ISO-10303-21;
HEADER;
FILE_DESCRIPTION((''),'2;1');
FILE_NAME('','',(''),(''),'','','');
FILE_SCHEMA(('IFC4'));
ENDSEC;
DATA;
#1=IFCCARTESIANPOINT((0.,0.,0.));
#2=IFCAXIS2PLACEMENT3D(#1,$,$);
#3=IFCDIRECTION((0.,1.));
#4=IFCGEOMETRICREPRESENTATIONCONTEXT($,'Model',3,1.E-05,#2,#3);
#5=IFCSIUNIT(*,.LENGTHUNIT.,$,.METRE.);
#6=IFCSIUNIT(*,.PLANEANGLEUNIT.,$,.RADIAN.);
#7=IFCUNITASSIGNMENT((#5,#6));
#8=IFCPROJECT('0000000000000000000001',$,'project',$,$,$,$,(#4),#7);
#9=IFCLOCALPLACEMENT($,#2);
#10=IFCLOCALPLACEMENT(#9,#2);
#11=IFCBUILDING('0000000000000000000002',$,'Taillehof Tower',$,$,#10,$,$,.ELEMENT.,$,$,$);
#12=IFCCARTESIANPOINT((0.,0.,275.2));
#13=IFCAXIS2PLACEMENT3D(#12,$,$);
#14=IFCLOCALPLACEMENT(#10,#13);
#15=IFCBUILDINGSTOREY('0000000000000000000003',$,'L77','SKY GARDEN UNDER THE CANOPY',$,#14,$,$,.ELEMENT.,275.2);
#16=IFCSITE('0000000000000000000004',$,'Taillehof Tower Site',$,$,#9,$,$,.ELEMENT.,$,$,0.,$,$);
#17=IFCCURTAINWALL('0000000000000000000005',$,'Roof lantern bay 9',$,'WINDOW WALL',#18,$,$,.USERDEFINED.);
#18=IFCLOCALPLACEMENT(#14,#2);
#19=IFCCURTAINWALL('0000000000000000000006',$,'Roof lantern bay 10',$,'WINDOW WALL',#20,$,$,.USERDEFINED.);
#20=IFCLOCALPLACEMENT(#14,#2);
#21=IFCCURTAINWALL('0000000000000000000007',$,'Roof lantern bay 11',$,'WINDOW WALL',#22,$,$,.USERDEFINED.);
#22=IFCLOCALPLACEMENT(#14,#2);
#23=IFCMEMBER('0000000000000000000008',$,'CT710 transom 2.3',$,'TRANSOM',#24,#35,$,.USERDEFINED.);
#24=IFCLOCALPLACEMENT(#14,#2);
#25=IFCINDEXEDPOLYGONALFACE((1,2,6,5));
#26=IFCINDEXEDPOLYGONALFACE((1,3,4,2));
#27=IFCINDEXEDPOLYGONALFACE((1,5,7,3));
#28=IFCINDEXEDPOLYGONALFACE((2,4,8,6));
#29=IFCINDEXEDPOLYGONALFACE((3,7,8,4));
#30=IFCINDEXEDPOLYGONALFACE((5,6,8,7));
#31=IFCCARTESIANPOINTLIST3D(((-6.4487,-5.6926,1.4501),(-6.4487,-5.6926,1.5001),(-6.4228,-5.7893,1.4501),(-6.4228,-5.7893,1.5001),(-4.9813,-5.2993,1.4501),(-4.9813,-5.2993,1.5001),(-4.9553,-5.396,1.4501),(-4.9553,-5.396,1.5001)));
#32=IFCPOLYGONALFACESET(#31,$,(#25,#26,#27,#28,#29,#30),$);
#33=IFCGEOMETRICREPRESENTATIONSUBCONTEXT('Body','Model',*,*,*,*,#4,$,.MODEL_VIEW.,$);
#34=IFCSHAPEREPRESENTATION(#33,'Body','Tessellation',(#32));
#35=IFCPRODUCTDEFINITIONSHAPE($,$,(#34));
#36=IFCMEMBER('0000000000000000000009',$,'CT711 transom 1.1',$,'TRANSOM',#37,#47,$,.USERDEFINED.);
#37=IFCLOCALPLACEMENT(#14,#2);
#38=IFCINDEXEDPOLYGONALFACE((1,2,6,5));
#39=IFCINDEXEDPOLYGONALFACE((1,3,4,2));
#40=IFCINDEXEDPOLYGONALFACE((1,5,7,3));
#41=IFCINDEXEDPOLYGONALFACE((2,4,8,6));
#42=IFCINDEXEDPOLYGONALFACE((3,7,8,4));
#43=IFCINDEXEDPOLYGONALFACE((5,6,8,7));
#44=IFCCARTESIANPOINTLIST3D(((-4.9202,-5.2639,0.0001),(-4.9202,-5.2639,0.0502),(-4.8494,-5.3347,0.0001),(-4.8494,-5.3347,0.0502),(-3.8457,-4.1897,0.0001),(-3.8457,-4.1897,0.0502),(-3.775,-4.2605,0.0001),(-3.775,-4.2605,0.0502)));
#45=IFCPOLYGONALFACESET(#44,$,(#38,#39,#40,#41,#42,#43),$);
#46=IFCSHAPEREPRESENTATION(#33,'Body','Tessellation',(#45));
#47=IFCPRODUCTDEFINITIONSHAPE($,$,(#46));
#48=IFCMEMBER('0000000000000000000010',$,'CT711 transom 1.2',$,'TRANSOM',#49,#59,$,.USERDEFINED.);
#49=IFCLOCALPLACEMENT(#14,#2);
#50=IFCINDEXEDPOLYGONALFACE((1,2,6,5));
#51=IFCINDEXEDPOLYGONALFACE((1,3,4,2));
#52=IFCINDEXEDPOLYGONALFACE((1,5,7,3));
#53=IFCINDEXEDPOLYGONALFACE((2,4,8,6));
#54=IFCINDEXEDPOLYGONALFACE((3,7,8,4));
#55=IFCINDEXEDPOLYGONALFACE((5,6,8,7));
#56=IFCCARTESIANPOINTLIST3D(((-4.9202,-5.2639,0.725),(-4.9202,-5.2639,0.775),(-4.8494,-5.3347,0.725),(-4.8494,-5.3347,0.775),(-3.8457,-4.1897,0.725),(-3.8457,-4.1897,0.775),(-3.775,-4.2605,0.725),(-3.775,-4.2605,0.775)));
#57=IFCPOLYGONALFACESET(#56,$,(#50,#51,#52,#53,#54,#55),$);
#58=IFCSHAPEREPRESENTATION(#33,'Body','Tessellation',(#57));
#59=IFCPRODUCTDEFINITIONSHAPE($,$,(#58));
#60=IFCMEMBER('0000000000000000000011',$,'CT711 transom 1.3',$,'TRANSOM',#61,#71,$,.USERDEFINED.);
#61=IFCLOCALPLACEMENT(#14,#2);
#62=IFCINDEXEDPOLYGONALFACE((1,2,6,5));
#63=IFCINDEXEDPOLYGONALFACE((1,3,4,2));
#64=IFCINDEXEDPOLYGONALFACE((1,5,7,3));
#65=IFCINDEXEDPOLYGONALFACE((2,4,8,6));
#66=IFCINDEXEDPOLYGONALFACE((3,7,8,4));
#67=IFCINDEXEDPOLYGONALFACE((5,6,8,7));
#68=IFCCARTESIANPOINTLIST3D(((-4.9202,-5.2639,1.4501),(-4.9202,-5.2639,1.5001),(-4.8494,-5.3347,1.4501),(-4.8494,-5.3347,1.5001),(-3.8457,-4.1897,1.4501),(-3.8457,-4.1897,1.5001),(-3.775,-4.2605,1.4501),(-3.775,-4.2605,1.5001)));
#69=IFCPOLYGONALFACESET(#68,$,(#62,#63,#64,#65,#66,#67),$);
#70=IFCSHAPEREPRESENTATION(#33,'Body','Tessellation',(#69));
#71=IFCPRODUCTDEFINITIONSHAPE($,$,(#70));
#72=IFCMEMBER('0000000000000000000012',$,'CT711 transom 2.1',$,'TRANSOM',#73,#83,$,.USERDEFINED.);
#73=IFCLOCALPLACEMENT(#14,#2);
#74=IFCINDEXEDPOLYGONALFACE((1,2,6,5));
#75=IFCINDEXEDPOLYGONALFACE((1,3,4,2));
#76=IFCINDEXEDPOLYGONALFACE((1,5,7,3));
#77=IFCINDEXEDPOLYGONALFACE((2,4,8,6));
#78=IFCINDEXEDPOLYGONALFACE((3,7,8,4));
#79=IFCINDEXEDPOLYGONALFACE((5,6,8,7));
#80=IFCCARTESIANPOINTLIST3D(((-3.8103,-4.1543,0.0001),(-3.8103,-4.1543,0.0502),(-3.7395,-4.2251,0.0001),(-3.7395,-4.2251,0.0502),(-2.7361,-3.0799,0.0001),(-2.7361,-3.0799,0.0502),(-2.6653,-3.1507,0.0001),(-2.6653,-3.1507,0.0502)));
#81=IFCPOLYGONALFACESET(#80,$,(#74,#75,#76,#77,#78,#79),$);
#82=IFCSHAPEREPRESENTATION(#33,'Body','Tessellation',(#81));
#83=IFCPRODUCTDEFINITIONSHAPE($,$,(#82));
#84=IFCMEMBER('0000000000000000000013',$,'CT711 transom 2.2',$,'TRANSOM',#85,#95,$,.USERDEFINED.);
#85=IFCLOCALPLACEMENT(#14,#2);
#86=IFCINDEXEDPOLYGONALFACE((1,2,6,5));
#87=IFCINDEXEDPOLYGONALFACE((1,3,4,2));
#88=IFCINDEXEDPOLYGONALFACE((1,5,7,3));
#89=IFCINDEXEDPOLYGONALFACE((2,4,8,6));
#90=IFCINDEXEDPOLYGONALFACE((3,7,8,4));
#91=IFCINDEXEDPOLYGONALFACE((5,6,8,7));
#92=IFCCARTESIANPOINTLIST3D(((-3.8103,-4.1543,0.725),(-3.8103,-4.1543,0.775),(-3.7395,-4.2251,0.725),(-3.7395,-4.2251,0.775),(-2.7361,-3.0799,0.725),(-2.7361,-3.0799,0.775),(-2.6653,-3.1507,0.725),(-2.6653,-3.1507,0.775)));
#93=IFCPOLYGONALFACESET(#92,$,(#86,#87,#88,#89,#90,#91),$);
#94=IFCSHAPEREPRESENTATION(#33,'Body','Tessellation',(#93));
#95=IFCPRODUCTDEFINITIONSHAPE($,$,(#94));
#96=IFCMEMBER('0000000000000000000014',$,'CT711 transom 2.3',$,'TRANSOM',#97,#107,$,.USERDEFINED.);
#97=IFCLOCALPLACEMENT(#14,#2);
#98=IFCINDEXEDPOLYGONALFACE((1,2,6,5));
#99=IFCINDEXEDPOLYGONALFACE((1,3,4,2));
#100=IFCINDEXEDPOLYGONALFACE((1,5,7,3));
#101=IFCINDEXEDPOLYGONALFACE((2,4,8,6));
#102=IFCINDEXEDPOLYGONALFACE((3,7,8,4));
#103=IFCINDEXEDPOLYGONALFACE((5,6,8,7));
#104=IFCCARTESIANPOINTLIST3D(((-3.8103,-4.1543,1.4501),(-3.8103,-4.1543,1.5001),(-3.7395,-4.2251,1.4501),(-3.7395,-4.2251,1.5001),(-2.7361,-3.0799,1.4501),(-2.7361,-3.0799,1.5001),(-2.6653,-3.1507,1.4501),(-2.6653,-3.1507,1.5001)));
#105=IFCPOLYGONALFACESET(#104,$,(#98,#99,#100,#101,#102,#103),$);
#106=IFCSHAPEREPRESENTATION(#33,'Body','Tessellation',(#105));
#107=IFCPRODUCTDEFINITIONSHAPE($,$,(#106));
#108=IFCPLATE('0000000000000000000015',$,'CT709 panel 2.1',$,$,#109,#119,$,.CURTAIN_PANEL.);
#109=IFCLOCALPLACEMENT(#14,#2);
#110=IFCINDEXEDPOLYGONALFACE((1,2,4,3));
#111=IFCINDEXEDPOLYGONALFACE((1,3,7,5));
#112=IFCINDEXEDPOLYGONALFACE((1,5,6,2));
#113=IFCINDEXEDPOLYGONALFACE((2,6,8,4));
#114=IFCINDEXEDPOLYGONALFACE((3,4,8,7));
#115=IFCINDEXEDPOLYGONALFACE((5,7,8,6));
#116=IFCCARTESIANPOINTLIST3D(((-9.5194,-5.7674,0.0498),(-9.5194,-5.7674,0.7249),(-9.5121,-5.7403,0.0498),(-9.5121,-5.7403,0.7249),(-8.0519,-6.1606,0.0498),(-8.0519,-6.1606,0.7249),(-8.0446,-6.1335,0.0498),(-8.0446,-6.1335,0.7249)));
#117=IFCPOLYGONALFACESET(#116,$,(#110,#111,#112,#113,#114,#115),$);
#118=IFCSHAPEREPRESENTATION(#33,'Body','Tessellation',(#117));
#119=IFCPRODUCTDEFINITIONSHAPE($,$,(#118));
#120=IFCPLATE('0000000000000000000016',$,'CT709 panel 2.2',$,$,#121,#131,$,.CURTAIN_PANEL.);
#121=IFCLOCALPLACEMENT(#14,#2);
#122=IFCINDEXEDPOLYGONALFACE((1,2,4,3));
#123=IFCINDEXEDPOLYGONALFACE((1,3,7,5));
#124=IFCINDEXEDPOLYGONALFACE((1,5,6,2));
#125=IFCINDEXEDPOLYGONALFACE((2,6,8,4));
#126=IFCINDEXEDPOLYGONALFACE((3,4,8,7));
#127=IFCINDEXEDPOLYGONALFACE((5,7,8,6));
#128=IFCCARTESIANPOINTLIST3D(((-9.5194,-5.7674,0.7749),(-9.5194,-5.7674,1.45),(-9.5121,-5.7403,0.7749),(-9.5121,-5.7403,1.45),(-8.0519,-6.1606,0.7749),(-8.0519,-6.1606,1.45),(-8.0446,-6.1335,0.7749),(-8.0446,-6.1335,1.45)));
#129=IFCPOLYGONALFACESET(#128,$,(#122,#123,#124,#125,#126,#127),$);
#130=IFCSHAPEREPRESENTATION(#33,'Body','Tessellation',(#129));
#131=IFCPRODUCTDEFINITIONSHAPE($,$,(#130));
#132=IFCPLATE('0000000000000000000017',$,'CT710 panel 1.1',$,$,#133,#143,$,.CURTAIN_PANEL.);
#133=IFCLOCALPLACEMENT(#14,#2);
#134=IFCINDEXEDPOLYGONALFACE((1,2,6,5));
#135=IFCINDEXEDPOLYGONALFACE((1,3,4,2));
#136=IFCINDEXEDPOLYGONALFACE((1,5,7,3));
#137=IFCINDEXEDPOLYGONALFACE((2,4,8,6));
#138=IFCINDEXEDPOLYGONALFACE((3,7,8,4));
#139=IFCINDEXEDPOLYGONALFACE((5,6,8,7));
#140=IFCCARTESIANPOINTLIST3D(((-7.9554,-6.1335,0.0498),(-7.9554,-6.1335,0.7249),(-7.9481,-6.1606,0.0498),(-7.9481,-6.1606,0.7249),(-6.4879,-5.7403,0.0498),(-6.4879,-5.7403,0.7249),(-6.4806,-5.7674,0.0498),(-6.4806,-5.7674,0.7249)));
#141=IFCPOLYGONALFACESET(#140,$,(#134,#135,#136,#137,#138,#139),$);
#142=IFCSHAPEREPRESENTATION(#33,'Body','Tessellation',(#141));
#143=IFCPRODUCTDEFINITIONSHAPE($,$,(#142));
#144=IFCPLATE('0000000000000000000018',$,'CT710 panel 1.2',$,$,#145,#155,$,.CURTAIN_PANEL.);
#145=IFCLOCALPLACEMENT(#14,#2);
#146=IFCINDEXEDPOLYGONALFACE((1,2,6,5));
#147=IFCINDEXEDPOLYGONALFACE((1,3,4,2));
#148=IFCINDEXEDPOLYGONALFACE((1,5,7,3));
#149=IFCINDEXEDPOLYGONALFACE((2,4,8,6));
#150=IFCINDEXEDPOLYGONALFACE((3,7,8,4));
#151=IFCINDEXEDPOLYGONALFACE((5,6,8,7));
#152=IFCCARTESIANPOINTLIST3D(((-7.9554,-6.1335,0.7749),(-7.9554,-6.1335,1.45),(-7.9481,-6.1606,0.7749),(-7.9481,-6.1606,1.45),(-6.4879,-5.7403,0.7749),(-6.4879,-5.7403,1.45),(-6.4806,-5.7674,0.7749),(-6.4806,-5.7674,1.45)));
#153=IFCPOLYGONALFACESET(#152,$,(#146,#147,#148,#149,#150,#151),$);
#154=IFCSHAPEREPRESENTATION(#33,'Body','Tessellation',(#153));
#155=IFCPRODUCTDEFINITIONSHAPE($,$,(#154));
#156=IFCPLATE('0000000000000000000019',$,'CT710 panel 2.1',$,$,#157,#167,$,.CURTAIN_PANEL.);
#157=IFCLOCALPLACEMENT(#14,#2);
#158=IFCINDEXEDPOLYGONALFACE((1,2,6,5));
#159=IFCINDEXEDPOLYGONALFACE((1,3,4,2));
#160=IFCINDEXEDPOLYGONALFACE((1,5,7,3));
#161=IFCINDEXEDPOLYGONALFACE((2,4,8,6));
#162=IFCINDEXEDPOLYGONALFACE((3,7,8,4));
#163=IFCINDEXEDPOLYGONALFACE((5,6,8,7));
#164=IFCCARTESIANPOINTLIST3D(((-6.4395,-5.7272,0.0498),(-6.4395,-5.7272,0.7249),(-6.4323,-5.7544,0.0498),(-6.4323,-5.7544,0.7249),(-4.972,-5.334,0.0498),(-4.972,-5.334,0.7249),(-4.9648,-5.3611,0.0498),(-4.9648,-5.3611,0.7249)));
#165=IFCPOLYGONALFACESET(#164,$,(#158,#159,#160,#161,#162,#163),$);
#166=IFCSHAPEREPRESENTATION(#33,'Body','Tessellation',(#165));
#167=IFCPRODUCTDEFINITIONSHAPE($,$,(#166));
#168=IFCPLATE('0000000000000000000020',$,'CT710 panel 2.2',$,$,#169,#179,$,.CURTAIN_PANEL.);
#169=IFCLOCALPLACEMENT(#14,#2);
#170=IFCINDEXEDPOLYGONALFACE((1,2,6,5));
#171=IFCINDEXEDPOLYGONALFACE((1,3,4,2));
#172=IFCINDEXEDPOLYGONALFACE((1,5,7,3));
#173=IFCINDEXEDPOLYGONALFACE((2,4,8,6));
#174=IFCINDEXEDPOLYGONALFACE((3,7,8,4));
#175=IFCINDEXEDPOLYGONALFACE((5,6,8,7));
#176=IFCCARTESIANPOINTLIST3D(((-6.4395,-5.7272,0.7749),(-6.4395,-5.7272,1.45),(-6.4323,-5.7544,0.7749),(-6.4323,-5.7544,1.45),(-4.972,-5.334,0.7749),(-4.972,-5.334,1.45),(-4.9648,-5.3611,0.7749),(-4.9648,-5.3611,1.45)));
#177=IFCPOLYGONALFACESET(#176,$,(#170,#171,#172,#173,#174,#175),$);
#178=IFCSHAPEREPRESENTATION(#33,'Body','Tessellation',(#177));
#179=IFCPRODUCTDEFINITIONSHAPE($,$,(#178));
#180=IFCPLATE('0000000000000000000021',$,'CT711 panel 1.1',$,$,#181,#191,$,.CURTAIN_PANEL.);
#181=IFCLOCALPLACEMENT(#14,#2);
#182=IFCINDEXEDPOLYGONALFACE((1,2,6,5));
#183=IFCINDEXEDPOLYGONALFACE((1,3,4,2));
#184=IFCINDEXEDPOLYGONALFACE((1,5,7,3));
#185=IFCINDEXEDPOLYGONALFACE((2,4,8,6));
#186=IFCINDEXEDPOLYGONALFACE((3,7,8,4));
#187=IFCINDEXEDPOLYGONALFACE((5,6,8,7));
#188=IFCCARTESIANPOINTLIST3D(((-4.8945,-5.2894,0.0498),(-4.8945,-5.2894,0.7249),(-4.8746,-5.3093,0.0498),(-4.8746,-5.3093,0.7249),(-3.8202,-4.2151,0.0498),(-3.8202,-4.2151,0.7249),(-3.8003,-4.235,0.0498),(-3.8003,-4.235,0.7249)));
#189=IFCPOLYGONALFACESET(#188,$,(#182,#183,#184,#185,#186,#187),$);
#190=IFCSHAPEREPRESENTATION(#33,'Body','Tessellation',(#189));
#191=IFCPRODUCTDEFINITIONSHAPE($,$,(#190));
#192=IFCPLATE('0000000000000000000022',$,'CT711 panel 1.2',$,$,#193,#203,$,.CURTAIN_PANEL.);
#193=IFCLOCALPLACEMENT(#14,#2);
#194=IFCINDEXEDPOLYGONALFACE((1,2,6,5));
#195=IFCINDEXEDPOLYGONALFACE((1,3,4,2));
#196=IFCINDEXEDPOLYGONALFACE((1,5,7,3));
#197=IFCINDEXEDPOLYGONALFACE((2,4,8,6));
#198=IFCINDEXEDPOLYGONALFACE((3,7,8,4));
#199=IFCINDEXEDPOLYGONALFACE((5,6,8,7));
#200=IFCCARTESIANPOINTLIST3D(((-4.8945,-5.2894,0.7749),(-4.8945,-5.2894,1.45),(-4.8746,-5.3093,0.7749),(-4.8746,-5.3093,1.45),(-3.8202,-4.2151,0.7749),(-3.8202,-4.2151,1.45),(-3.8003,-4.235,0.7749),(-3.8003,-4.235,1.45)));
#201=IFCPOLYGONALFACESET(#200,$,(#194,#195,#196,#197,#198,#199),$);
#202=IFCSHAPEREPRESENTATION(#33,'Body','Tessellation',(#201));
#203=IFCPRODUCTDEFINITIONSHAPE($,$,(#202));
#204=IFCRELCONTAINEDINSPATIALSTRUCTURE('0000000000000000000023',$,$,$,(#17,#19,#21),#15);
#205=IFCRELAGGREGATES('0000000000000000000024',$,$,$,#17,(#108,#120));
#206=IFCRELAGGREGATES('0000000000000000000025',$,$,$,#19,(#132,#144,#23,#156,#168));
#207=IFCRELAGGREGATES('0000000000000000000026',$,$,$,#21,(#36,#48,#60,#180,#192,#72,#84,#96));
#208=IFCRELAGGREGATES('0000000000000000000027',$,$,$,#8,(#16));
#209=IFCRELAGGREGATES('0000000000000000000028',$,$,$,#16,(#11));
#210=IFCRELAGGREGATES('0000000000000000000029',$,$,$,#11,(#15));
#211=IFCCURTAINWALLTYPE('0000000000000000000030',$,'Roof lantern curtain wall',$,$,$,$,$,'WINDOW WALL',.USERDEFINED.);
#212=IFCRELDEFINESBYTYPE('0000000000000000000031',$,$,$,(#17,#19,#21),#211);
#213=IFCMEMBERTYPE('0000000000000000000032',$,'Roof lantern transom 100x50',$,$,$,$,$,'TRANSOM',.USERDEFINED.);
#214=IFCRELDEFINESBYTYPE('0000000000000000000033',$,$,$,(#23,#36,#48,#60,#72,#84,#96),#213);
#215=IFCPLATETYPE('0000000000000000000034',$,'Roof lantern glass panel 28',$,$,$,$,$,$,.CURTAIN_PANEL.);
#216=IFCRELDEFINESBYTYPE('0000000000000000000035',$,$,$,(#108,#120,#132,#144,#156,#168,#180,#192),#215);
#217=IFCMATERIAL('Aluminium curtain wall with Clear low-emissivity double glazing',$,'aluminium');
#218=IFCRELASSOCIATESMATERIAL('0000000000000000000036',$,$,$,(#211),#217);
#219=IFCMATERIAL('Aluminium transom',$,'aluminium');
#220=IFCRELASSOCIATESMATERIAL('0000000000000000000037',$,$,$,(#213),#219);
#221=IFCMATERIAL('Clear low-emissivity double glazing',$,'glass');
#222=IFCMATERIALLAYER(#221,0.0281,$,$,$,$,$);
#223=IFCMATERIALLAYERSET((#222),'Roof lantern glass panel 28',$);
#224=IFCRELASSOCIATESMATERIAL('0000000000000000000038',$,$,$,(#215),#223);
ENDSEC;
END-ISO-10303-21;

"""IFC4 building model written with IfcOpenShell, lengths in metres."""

from ifc_helpers import new_model, si_unit, direction, frame, origin, origin_2d, place, context, subcontext, project, spatial, rectangle, extrude, material, layer, layer_set, material_profile, profile_set, type_object, element, aggregate, save


model = new_model("IFC4")

# Units and contexts
model_context = context("Model", 3, precision=1e-05, world=origin(), true_north=direction((0.0, 1.0)))
body_context = subcontext(model_context, "Body", "Model", "MODEL_VIEW")
ifc_project = project(units=[si_unit("LENGTHUNIT", "METRE"), si_unit("PLANEANGLEUNIT", "RADIAN")], contexts=[model_context])

# Site, building, storey
site_placement = place(None, origin())
site = spatial("IfcSite", under=ifc_project, at=site_placement, Name="Taillehof Tower Site", CompositionType="ELEMENT", RefElevation=0.0)
building_placement = place(site_placement, origin())
building = spatial("IfcBuilding", under=site, at=building_placement, Name="Taillehof Tower", CompositionType="ELEMENT")
storey_placement = place(building_placement, frame((0.0, 0.0, 275.2)))
storey = spatial("IfcBuildingStorey", under=building, at=storey_placement, Name="L77", Description="SKY GARDEN UNDER THE CANOPY", CompositionType="ELEMENT", Elevation=275.2)

# Curtain wall
ifc_material_1 = material(Name="Aluminium curtain wall with Clear low-emissivity double glazing", Category="aluminium")
curtain_wall_type = type_object("IfcCurtainWallType", Name="Roof lantern curtain wall", ElementType="WINDOW WALL", PredefinedType="USERDEFINED", material=ifc_material_1)
curtain_wall_1_placement = place(storey_placement, origin())
curtain_wall_1 = element("IfcCurtainWall", 1, at=curtain_wall_1_placement, inside=storey, type_object=curtain_wall_type, Name="Roof lantern bay 9", ObjectType="WINDOW WALL", PredefinedType="USERDEFINED")

# Curtain walls
curtain_wall_2_placement = place(storey_placement, origin())
curtain_wall_2 = element("IfcCurtainWall", 2, at=curtain_wall_2_placement, inside=storey, type_object=curtain_wall_type, Name="Roof lantern bay 10", ObjectType="WINDOW WALL", PredefinedType="USERDEFINED")
curtain_wall_3_placement = place(storey_placement, origin())
curtain_wall_3 = element("IfcCurtainWall", 3, at=curtain_wall_3_placement, inside=storey, type_object=curtain_wall_type, Name="Roof lantern bay 11", ObjectType="WINDOW WALL", PredefinedType="USERDEFINED")

# Members
ifc_material_2 = material(Name="Aluminium transom", Category="aluminium")
ifc_material_profile_1 = material_profile(ifc_material_2, rectangle(XDim=0.1001, YDim=0.05, at=origin_2d()), Name="AL 100x50")
ifc_profile_set_1 = profile_set([ifc_material_profile_1], Name="Aluminium transom")
member_type_1 = type_object("IfcMemberType", Name="Roof lantern transom 100x50", ElementType="TRANSOM", PredefinedType="USERDEFINED", material=ifc_profile_set_1)
member_1_placement = place(storey_placement, frame((-6.4358, -5.741, 1.4751), z_axis=(0.965911, 0.258873, 0.0), x_axis=(-0.258873, 0.965911, 0.0)))
member_1 = element("IfcMember", 4, at=member_1_placement, type_object=member_type_1, Name="CT710 transom 2.3", ObjectType="TRANSOM", PredefinedType="USERDEFINED", context=body_context, shape_type="SweptSolid", body=[
    extrude(rectangle(XDim=0.1001, YDim=0.05, at=origin_2d()), origin(), (0.0, 0.0, 1.0), 1.5193),
])
member_2_placement = place(storey_placement, frame((-4.8848, -5.2993, 0.0251), z_axis=(0.707187, 0.707026, 0.0), x_axis=(-0.707026, 0.707187, 0.0)))
member_2 = element("IfcMember", 5, at=member_2_placement, type_object=member_type_1, Name="CT711 transom 1.1", ObjectType="TRANSOM", PredefinedType="USERDEFINED", context=body_context, shape_type="SweptSolid", body=[
    extrude(rectangle(XDim=0.1001, YDim=0.05, at=origin_2d()), origin(), (0.0, 0.0, 1.0), 1.5193),
])
member_3_placement = place(storey_placement, frame((-4.8848, -5.2993, 0.75), z_axis=(0.707187, 0.707026, 0.0), x_axis=(-0.707026, 0.707187, 0.0)))
member_3 = element("IfcMember", 6, at=member_3_placement, type_object=member_type_1, Name="CT711 transom 1.2", ObjectType="TRANSOM", PredefinedType="USERDEFINED", context=body_context, shape_type="SweptSolid", body=[
    extrude(rectangle(XDim=0.1001, YDim=0.05, at=origin_2d()), origin(), (0.0, 0.0, 1.0), 1.5193),
])
member_4_placement = place(storey_placement, frame((-4.8848, -5.2993, 1.4751), z_axis=(0.707187, 0.707026, 0.0), x_axis=(-0.707026, 0.707187, 0.0)))
member_4 = element("IfcMember", 7, at=member_4_placement, type_object=member_type_1, Name="CT711 transom 1.3", ObjectType="TRANSOM", PredefinedType="USERDEFINED", context=body_context, shape_type="SweptSolid", body=[
    extrude(rectangle(XDim=0.1001, YDim=0.05, at=origin_2d()), origin(), (0.0, 0.0, 1.0), 1.5193),
])
member_5_placement = place(storey_placement, frame((-3.7749, -4.1897, 0.0251), z_axis=(0.707026, 0.707187, 0.0), x_axis=(-0.707187, 0.707026, 0.0)))
member_5 = element("IfcMember", 8, at=member_5_placement, type_object=member_type_1, Name="CT711 transom 2.1", ObjectType="TRANSOM", PredefinedType="USERDEFINED", context=body_context, shape_type="SweptSolid", body=[
    extrude(rectangle(XDim=0.1001, YDim=0.05, at=origin_2d()), origin(), (0.0, 0.0, 1.0), 1.5193),
])
member_6_placement = place(storey_placement, frame((-3.7749, -4.1897, 0.75), z_axis=(0.707026, 0.707187, 0.0), x_axis=(-0.707187, 0.707026, 0.0)))
member_6 = element("IfcMember", 9, at=member_6_placement, type_object=member_type_1, Name="CT711 transom 2.2", ObjectType="TRANSOM", PredefinedType="USERDEFINED", context=body_context, shape_type="SweptSolid", body=[
    extrude(rectangle(XDim=0.1001, YDim=0.05, at=origin_2d()), origin(), (0.0, 0.0, 1.0), 1.5193),
])
member_7_placement = place(storey_placement, frame((-3.7749, -4.1897, 1.4751), z_axis=(0.707026, 0.707187, 0.0), x_axis=(-0.707187, 0.707026, 0.0)))
member_7 = element("IfcMember", 10, at=member_7_placement, type_object=member_type_1, Name="CT711 transom 2.3", ObjectType="TRANSOM", PredefinedType="USERDEFINED", context=body_context, shape_type="SweptSolid", body=[
    extrude(rectangle(XDim=0.1001, YDim=0.05, at=origin_2d()), origin(), (0.0, 0.0, 1.0), 1.5193),
])

# Plates
ifc_material_3 = material(Name="Clear low-emissivity double glazing", Category="glass")
ifc_layer_1 = layer(ifc_material_3, 0.0281)
ifc_layer_set_1 = layer_set([ifc_layer_1], Name="Roof lantern glass panel 28")
plate_type = type_object("IfcPlateType", Name="Roof lantern glass panel 28", PredefinedType="CURTAIN_PANEL", material=ifc_layer_set_1)
plate_1_placement = place(storey_placement, frame((-8.782, -5.9504, 0.0498), z_axis=(0.0, 0.0, 1.0), x_axis=(0.965926, -0.258819, 0.0)))
plate_1 = element("IfcPlate", 11, at=plate_1_placement, type_object=plate_type, Name="CT709 panel 2.1", PredefinedType="CURTAIN_PANEL", context=body_context, shape_type="SweptSolid", body=[
    extrude(rectangle(XDim=1.5193, YDim=0.0281, at=origin_2d()), origin(), (0.0, 0.0, 1.0), 0.675),
])
plate_2_placement = place(storey_placement, frame((-8.782, -5.9504, 0.7749), z_axis=(0.0, 0.0, 1.0), x_axis=(0.965926, -0.258819, 0.0)))
plate_2 = element("IfcPlate", 12, at=plate_2_placement, type_object=plate_type, Name="CT709 panel 2.2", PredefinedType="CURTAIN_PANEL", context=body_context, shape_type="SweptSolid", body=[
    extrude(rectangle(XDim=1.5193, YDim=0.0281, at=origin_2d()), origin(), (0.0, 0.0, 1.0), 0.675),
])
aggregate(curtain_wall_1, [plate_1, plate_2])
plate_3_placement = place(storey_placement, frame((-7.218, -5.9504, 0.0498), z_axis=(0.0, 0.0, 1.0), x_axis=(0.965926, 0.258819, 0.0)))
plate_3 = element("IfcPlate", 13, at=plate_3_placement, type_object=plate_type, Name="CT710 panel 1.1", PredefinedType="CURTAIN_PANEL", context=body_context, shape_type="SweptSolid", body=[
    extrude(rectangle(XDim=1.5193, YDim=0.0281, at=origin_2d()), origin(), (0.0, 0.0, 1.0), 0.675),
])
plate_4_placement = place(storey_placement, frame((-7.218, -5.9504, 0.7749), z_axis=(0.0, 0.0, 1.0), x_axis=(0.965926, 0.258819, 0.0)))
plate_4 = element("IfcPlate", 14, at=plate_4_placement, type_object=plate_type, Name="CT710 panel 1.2", PredefinedType="CURTAIN_PANEL", context=body_context, shape_type="SweptSolid", body=[
    extrude(rectangle(XDim=1.5193, YDim=0.0281, at=origin_2d()), origin(), (0.0, 0.0, 1.0), 0.675),
])
plate_5_placement = place(storey_placement, frame((-5.7021, -5.5442, 0.0498), z_axis=(0.0, 0.0, 1.0), x_axis=(0.965926, 0.258819, 0.0)))
plate_5 = element("IfcPlate", 15, at=plate_5_placement, type_object=plate_type, Name="CT710 panel 2.1", PredefinedType="CURTAIN_PANEL", context=body_context, shape_type="SweptSolid", body=[
    extrude(rectangle(XDim=1.5193, YDim=0.0281, at=origin_2d()), origin(), (0.0, 0.0, 1.0), 0.675),
])
plate_6_placement = place(storey_placement, frame((-5.7021, -5.5442, 0.7749), z_axis=(0.0, 0.0, 1.0), x_axis=(0.965926, 0.258819, 0.0)))
plate_6 = element("IfcPlate", 16, at=plate_6_placement, type_object=plate_type, Name="CT710 panel 2.2", PredefinedType="CURTAIN_PANEL", context=body_context, shape_type="SweptSolid", body=[
    extrude(rectangle(XDim=1.5193, YDim=0.0281, at=origin_2d()), origin(), (0.0, 0.0, 1.0), 0.675),
])
aggregate(curtain_wall_2, [plate_3, plate_4, member_1, plate_5, plate_6])
plate_7_placement = place(storey_placement, frame((-4.3474, -4.7622, 0.0498), z_axis=(0.0, 0.0, 1.0), x_axis=(0.707107, 0.707107, 0.0)))
plate_7 = element("IfcPlate", 17, at=plate_7_placement, type_object=plate_type, Name="CT711 panel 1.1", PredefinedType="CURTAIN_PANEL", context=body_context, shape_type="SweptSolid", body=[
    extrude(rectangle(XDim=1.5193, YDim=0.0281, at=origin_2d()), origin(), (0.0, 0.0, 1.0), 0.675),
])
plate_8_placement = place(storey_placement, frame((-4.3474, -4.7622, 0.7749), z_axis=(0.0, 0.0, 1.0), x_axis=(0.707107, 0.707107, 0.0)))
plate_8 = element("IfcPlate", 18, at=plate_8_placement, type_object=plate_type, Name="CT711 panel 1.2", PredefinedType="CURTAIN_PANEL", context=body_context, shape_type="SweptSolid", body=[
    extrude(rectangle(XDim=1.5193, YDim=0.0281, at=origin_2d()), origin(), (0.0, 0.0, 1.0), 0.675),
])
aggregate(curtain_wall_3, [member_2, member_3, member_4, plate_7, plate_8, member_5, member_6, member_7])

save(model, "model.ifc")
